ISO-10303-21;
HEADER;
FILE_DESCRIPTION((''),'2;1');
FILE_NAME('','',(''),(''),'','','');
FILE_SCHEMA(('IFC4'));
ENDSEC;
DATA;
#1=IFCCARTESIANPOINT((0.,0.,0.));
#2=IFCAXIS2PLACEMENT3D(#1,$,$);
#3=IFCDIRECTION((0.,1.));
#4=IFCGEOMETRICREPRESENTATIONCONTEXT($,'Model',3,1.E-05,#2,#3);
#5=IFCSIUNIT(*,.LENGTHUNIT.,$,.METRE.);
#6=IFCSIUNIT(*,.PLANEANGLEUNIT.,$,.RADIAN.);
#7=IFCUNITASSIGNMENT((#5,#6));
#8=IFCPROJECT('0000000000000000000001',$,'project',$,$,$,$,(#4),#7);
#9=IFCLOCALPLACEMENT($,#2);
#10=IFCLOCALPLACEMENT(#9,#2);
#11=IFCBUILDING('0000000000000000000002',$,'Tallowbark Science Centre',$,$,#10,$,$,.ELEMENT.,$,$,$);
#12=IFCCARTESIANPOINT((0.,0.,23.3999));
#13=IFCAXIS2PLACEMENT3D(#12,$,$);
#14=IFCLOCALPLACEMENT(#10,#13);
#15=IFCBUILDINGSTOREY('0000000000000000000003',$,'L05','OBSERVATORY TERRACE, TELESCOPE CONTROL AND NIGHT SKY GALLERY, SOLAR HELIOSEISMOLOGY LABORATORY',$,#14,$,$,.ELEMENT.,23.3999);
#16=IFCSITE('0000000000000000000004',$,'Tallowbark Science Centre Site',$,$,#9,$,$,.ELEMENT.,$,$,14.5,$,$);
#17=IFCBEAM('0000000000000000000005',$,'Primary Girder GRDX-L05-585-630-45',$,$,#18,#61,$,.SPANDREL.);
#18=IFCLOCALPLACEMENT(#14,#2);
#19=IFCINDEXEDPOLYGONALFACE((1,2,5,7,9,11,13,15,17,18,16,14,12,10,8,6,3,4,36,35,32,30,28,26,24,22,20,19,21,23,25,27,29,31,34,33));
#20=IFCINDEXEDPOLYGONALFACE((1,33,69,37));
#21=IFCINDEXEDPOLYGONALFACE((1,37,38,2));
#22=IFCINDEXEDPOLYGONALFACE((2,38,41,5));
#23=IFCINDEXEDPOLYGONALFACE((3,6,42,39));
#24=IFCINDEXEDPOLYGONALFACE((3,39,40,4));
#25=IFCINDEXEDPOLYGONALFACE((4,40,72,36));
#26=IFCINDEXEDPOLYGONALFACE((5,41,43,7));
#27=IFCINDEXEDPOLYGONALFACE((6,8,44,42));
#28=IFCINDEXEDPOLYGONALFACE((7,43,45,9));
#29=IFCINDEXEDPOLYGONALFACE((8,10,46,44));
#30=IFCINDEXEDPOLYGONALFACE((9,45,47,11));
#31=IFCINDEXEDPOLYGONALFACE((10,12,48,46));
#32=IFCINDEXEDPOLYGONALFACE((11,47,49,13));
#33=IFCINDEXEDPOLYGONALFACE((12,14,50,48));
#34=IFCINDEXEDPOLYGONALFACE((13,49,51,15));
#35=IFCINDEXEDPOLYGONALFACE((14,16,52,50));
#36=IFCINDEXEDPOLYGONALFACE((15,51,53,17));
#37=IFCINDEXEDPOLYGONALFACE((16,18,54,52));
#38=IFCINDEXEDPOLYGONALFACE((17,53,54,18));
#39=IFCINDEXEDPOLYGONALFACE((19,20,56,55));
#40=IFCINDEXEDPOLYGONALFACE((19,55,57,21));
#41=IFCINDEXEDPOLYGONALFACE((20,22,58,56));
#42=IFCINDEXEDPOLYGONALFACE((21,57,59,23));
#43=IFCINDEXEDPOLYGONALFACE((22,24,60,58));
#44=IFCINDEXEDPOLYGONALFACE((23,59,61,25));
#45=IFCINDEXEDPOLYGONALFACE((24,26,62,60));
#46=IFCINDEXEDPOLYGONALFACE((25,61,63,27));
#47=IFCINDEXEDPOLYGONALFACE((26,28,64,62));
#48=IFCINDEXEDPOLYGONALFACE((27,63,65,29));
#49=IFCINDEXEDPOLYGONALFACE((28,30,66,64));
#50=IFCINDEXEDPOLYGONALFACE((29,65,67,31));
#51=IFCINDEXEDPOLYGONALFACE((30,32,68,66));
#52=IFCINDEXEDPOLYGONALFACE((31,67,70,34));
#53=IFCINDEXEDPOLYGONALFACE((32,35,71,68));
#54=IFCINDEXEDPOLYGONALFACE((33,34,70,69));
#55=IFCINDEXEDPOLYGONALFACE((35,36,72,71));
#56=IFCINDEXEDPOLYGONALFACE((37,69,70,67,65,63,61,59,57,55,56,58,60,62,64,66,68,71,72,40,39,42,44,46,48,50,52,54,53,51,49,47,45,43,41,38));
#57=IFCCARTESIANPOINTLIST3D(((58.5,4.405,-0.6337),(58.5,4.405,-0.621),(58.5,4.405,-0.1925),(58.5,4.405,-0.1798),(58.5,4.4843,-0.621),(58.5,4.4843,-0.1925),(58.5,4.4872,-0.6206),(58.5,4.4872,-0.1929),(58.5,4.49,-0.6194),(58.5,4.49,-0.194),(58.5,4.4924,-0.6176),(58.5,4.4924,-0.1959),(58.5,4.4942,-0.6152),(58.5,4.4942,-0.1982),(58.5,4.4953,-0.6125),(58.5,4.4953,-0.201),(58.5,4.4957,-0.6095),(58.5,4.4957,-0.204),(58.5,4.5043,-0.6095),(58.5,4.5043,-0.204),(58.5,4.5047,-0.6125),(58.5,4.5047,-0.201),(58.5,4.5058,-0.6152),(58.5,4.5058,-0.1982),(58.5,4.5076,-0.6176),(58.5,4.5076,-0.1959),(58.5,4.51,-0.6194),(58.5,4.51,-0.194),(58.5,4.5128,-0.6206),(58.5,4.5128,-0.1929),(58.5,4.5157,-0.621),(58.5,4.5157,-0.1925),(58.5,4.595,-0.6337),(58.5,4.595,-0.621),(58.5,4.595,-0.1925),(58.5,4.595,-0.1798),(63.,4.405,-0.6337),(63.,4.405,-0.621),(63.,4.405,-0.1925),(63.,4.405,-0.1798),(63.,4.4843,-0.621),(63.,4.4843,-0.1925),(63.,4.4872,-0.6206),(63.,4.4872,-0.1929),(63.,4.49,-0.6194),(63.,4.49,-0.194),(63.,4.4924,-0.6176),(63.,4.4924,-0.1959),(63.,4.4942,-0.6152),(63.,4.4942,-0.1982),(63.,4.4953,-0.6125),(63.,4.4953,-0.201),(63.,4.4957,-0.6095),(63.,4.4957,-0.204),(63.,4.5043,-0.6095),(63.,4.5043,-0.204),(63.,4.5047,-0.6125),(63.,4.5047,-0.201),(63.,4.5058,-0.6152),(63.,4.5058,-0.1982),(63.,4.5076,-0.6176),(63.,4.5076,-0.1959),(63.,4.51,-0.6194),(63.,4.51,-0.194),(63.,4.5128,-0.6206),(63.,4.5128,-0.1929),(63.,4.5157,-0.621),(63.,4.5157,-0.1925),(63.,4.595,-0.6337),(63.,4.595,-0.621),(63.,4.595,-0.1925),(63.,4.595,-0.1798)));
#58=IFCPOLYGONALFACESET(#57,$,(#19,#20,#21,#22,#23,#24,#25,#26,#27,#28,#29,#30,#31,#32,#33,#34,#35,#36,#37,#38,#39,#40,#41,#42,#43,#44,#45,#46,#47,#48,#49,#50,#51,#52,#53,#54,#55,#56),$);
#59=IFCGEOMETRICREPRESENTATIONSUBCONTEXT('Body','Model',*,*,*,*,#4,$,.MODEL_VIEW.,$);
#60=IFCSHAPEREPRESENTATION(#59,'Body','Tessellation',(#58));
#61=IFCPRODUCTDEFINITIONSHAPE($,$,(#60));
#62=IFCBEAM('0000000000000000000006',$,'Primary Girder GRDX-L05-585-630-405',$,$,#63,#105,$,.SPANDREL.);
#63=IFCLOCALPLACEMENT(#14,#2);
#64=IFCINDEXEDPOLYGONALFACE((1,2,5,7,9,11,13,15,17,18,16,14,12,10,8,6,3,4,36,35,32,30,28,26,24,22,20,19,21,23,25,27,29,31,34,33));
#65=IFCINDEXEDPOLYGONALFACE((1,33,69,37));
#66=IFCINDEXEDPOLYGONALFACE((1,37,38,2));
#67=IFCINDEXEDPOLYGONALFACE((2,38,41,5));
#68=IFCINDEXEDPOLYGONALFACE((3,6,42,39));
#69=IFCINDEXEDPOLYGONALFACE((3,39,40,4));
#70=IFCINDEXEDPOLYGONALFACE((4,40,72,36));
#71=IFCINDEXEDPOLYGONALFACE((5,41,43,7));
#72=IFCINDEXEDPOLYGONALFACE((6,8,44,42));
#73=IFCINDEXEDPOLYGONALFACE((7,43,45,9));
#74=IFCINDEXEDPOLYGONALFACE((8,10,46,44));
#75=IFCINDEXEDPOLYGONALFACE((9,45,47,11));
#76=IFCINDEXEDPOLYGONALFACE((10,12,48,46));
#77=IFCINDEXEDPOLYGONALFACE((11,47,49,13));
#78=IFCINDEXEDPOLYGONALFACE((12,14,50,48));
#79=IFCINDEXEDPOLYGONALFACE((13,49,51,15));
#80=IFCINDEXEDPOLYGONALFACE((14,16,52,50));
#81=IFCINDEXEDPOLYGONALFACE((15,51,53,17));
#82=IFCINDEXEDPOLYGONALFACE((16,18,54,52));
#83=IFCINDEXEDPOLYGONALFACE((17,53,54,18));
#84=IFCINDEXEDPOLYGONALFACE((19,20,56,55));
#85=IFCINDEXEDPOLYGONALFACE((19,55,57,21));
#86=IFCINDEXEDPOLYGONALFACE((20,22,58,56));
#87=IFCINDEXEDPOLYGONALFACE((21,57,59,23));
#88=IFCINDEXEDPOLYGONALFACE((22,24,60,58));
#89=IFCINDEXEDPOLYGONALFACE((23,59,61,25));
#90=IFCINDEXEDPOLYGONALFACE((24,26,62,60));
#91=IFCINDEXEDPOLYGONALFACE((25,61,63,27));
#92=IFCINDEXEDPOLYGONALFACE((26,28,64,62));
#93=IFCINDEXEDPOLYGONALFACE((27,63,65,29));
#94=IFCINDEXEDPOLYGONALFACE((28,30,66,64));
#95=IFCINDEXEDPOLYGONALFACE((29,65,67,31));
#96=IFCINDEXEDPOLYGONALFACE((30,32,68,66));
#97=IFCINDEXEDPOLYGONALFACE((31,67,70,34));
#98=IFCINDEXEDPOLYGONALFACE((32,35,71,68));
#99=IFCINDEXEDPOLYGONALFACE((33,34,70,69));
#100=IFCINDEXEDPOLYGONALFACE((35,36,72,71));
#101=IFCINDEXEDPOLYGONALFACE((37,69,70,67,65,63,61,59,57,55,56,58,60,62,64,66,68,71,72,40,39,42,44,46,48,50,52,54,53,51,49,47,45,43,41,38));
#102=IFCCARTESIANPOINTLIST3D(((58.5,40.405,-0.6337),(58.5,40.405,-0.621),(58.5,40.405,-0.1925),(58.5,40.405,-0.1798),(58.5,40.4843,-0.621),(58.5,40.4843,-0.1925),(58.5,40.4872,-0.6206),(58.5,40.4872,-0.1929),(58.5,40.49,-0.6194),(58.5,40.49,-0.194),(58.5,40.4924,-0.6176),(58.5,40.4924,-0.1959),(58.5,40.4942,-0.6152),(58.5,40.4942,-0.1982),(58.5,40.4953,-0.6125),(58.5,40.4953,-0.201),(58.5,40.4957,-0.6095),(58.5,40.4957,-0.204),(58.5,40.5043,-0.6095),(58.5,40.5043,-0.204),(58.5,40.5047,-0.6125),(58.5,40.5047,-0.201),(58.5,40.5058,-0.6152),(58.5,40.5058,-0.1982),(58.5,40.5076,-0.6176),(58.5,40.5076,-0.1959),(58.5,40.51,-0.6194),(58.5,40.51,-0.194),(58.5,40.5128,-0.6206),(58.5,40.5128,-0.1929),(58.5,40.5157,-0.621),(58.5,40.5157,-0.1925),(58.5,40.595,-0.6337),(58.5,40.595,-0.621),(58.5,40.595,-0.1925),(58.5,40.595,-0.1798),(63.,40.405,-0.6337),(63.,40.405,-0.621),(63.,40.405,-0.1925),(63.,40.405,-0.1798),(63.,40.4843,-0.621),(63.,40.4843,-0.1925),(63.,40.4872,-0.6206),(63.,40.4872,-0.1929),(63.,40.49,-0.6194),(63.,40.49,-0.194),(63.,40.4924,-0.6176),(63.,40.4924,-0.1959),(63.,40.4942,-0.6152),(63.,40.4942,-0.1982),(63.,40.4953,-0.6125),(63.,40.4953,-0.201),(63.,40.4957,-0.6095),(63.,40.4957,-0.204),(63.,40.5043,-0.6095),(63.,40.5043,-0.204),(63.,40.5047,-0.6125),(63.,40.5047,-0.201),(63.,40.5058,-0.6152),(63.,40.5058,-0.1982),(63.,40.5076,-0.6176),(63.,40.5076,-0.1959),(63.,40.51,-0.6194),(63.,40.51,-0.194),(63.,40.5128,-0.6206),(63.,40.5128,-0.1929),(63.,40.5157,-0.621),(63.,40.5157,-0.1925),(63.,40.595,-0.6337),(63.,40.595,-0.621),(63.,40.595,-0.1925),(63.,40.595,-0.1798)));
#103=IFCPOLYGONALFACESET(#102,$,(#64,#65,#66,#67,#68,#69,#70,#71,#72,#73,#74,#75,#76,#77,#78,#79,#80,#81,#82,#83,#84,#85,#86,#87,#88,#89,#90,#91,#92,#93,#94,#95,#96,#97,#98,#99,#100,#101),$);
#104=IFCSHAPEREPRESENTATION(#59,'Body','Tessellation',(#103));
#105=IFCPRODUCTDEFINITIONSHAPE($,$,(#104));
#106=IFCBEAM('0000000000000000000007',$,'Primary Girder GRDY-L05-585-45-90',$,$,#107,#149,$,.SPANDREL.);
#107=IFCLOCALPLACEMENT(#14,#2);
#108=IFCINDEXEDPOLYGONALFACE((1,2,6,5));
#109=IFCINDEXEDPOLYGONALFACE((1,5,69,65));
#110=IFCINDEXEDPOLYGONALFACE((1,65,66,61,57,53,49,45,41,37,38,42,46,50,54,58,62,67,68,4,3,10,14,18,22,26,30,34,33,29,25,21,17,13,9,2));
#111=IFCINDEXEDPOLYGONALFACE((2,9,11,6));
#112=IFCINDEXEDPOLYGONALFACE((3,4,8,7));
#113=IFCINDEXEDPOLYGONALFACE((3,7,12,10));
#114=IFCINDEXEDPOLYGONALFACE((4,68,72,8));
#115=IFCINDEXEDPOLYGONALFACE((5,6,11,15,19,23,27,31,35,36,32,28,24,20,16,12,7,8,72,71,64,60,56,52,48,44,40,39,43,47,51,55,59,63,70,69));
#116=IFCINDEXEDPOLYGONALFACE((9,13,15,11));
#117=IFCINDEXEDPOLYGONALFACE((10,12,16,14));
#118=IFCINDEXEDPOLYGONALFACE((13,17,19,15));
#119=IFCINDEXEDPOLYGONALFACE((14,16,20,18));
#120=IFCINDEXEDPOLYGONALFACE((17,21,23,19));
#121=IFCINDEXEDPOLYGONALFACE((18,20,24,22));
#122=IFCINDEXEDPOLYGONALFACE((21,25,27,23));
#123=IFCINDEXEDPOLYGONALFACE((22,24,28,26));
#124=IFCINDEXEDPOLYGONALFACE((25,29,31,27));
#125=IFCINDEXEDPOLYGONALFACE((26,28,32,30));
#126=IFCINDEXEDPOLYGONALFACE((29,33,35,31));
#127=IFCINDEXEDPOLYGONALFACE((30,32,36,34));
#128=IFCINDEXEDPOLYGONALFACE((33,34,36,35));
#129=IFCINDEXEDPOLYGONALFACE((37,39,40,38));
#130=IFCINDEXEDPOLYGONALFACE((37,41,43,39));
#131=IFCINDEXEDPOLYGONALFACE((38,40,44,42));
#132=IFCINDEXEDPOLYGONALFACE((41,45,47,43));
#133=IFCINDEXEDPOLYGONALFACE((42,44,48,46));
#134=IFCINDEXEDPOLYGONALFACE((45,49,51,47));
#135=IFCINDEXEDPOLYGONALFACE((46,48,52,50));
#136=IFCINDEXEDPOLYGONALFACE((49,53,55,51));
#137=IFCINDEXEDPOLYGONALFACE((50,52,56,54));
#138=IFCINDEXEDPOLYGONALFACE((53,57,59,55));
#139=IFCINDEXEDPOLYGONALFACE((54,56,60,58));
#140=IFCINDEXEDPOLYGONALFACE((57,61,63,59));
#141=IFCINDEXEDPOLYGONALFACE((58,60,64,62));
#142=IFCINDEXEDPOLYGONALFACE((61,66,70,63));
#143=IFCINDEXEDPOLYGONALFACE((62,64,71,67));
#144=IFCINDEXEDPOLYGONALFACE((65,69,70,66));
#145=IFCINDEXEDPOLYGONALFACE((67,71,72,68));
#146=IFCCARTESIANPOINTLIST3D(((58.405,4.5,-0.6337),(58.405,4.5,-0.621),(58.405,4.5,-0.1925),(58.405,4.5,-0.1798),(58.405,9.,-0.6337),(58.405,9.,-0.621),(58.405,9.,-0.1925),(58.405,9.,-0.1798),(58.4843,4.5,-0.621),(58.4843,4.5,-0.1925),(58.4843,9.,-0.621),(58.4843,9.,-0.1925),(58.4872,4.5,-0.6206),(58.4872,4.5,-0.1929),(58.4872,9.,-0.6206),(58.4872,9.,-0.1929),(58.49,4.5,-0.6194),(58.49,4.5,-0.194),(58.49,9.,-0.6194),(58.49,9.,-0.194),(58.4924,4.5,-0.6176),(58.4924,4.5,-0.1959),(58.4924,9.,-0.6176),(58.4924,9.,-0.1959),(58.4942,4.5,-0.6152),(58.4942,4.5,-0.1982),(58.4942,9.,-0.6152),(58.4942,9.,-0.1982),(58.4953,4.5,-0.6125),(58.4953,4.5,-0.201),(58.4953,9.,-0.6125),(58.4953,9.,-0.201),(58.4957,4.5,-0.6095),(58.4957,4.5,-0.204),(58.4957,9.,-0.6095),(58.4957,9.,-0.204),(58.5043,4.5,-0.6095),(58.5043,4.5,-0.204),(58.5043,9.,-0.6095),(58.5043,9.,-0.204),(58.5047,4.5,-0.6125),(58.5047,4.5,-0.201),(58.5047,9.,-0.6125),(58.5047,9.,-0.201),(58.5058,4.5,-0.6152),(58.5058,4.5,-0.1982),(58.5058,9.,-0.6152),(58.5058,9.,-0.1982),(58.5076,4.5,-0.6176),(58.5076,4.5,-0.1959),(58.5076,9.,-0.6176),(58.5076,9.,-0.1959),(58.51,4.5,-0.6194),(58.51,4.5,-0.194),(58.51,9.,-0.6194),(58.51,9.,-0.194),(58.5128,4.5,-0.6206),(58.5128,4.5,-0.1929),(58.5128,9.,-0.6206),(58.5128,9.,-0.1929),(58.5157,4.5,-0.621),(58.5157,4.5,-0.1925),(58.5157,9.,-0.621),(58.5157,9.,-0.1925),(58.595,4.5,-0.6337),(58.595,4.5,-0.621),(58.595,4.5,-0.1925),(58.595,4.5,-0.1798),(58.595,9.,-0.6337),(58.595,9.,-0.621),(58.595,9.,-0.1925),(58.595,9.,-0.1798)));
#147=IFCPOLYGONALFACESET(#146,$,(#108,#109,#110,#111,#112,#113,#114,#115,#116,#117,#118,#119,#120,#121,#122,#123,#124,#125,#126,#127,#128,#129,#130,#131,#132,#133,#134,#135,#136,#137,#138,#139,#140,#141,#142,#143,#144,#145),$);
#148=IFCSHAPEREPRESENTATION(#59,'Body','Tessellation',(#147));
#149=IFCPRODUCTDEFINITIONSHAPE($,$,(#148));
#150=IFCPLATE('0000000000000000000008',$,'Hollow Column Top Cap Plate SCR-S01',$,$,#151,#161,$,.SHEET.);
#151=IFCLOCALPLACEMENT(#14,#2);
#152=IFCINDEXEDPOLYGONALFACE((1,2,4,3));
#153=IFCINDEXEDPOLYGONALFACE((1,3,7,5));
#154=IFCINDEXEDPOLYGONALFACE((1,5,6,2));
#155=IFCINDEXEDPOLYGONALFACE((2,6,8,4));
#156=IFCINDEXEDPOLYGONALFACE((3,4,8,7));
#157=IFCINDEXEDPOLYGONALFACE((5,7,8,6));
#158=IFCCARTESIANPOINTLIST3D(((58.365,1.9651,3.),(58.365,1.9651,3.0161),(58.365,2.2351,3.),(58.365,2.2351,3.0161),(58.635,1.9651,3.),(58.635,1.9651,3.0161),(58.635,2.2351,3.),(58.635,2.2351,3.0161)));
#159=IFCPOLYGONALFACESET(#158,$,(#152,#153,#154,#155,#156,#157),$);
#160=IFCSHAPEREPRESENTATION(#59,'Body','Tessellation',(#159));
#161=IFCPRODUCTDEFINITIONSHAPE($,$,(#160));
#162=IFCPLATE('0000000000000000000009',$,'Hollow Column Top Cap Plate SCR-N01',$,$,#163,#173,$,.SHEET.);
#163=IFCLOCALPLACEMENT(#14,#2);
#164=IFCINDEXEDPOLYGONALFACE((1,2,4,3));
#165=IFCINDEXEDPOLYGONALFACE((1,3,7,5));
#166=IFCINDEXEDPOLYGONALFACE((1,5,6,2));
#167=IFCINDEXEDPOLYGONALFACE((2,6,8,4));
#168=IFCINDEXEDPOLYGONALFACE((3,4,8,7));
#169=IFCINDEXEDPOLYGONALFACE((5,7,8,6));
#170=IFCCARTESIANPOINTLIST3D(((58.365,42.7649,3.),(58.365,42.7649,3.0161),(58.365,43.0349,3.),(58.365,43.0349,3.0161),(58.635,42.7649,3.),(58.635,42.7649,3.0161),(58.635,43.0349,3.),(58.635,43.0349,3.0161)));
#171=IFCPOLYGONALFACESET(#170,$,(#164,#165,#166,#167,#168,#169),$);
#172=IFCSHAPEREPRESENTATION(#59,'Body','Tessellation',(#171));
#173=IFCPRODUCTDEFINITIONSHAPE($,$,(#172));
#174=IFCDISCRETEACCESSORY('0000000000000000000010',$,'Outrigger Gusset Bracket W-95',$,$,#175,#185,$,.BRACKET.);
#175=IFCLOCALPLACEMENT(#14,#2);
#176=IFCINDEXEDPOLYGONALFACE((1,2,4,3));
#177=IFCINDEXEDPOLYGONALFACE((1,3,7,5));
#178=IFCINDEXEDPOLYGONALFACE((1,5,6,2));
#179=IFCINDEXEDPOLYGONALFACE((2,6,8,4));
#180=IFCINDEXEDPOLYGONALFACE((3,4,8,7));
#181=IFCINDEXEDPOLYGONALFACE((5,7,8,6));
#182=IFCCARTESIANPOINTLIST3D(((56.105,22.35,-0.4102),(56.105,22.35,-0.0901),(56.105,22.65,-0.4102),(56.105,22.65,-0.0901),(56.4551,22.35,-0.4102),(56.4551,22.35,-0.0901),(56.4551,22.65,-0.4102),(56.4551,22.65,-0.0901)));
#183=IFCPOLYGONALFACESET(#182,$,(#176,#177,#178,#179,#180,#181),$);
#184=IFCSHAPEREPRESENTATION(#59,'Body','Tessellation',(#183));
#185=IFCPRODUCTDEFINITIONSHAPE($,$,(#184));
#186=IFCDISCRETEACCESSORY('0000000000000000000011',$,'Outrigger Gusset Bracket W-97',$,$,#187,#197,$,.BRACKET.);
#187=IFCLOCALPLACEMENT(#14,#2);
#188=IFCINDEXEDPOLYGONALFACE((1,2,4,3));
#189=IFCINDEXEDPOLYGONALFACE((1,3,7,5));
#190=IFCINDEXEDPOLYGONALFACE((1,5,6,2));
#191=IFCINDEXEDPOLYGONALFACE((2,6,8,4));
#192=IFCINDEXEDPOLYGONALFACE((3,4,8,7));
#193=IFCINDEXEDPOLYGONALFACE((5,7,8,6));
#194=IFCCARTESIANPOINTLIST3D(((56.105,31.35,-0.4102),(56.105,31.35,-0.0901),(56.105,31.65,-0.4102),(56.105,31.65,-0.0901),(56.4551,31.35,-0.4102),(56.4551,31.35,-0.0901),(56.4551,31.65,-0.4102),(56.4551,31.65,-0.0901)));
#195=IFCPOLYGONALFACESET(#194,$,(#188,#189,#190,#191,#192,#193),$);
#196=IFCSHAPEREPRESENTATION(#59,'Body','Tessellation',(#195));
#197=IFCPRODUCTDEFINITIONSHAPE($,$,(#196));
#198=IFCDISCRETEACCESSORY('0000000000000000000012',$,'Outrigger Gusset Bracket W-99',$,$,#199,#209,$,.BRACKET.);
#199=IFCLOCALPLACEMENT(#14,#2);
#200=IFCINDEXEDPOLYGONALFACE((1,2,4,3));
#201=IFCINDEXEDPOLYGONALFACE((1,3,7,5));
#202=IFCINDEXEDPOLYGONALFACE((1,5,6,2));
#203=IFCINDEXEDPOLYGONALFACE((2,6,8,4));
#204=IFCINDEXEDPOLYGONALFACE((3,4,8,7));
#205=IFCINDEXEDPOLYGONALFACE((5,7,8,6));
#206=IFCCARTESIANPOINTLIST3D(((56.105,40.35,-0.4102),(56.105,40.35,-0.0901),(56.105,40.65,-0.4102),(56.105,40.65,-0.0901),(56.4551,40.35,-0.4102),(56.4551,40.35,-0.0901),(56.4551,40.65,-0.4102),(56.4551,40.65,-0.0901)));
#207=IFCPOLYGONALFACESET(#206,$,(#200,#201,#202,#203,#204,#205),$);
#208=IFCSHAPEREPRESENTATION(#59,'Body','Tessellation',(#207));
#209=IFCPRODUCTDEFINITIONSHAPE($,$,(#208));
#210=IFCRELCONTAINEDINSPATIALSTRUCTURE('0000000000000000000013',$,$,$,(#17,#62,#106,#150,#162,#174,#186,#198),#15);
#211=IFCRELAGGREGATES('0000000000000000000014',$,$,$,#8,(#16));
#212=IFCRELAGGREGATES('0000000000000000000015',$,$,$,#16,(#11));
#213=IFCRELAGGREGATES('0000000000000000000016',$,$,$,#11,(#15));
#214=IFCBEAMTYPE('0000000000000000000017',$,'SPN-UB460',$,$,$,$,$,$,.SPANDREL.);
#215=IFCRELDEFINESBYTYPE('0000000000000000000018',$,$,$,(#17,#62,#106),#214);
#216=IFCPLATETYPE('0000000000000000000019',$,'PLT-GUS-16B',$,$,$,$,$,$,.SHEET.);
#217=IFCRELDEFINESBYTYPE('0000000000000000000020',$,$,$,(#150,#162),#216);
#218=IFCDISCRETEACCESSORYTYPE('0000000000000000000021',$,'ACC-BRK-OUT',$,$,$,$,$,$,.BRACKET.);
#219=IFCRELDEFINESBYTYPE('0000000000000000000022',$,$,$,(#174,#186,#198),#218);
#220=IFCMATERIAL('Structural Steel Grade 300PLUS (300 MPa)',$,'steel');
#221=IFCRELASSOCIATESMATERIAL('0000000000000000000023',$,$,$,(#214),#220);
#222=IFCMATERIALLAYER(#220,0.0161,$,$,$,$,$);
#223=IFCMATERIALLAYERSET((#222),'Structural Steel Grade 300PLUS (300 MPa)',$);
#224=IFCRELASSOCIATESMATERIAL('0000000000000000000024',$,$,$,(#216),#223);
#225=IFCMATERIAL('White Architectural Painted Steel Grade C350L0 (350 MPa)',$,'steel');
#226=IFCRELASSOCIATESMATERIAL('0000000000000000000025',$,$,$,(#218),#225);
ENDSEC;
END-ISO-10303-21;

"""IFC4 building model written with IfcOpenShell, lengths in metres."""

from ifc_helpers import new_model, si_unit, direction, frame, origin, origin_2d, place, context, subcontext, project, spatial, rectangle, i_section, extrude, material, layer, layer_set, material_profile, profile_set, type_object, element, save


model = new_model("IFC4")

# Units and contexts
model_context = context("Model", 3, precision=1e-05, world=origin(), true_north=direction((0.0, 1.0)))
body_context = subcontext(model_context, "Body", "Model", "MODEL_VIEW")
ifc_project = project(units=[si_unit("LENGTHUNIT", "METRE"), si_unit("PLANEANGLEUNIT", "RADIAN")], contexts=[model_context])

# Site, building, storey
site_placement = place(None, origin())
site = spatial("IfcSite", under=ifc_project, at=site_placement, Name="Tallowbark Science Centre Site", CompositionType="ELEMENT", RefElevation=14.5)
building_placement = place(site_placement, origin())
building = spatial("IfcBuilding", under=site, at=building_placement, Name="Tallowbark Science Centre", CompositionType="ELEMENT")
storey_placement = place(building_placement, frame((0.0, 0.0, 23.3999)))
storey = spatial("IfcBuildingStorey", under=building, at=storey_placement, Name="L05", Description="OBSERVATORY TERRACE, TELESCOPE CONTROL AND NIGHT SKY GALLERY, SOLAR HELIOSEISMOLOGY LABORATORY", CompositionType="ELEMENT", Elevation=23.3999)

# Shared definitions
ifc_material_1 = material(Name="White Architectural Painted Steel Grade C350L0 (350 MPa)", Category="steel")
ifc_material_2 = material(Name="Structural Steel Grade 300PLUS (300 MPa)", Category="steel")

# Beams
ifc_material_profile_1 = material_profile(ifc_material_2, i_section(OverallWidth=0.1899, OverallDepth=0.4539, WebThickness=0.0085, FlangeThickness=0.0127, FilletRadius=0.0115, at=origin_2d()), Name="460UB67.1")
ifc_profile_set_1 = profile_set([ifc_material_profile_1], Name="Structural Steel Grade 300PLUS (300 MPa)")
beam_type_1 = type_object("IfcBeamType", Name="SPN-UB460", PredefinedType="SPANDREL", material=ifc_profile_set_1)
for number, where, z_axis, x_axis, name in (
    (1, (58.5, 4.5, -0.4067), (1.0, 0.0, 0.0), (0.0, 1.0, 0.0), "Primary Girder GRDX-L05-585-630-45"),
    (2, (58.5, 40.5, -0.4067), (1.0, 0.0, 0.0), (0.0, 1.0, 0.0), "Primary Girder GRDX-L05-585-630-405"),
    (3, (58.5, 4.5, -0.4067), (0.0, 1.0, 0.0), (-1.0, 0.0, 0.0), "Primary Girder GRDY-L05-585-45-90"),
):
    element("IfcBeam", number, at=place(storey_placement, frame(where, z_axis=z_axis, x_axis=x_axis)), inside=storey, type_object=beam_type_1, Name=name, PredefinedType="SPANDREL", context=body_context, shape_type="SweptSolid", body=[
        extrude(i_section(OverallWidth=0.1899, OverallDepth=0.4539, WebThickness=0.0085, FlangeThickness=0.0127, FilletRadius=0.0115, at=origin_2d()), origin(), (0.0, 0.0, 1.0), 4.5),
    ])

# Plates
ifc_layer = layer(ifc_material_2, 0.0161)
ifc_layer_set = layer_set([ifc_layer], Name="Structural Steel Grade 300PLUS (300 MPa)")
plate_type = type_object("IfcPlateType", Name="PLT-GUS-16B", PredefinedType="SHEET", material=ifc_layer_set)
for number, where, z_axis, x_axis, name in (
    (4, (58.5, 2.1001, 3.0), (0.0, 0.0, 1.0), (1.0, 0.0, 0.0), "Hollow Column Top Cap Plate SCR-S01"),
    (5, (58.5, 42.8999, 3.0), (0.0, 0.0, 1.0), (1.0, 0.0, 0.0), "Hollow Column Top Cap Plate SCR-N01"),
):
    element("IfcPlate", number, at=place(storey_placement, frame(where, z_axis=z_axis, x_axis=x_axis)), inside=storey, type_object=plate_type, Name=name, PredefinedType="SHEET", context=body_context, shape_type="SweptSolid", body=[
        extrude(rectangle(XDim=0.27, YDim=0.27, at=origin_2d()), origin(), (0.0, 0.0, 1.0), 0.0161),
    ])

# Discrete accessories
discrete_accessory_type = type_object("IfcDiscreteAccessoryType", Name="ACC-BRK-OUT", PredefinedType="BRACKET", material=ifc_material_1)
for number, where, z_axis, x_axis, name in (
    (6, (56.28, 22.5, -0.4102), (0.0, 0.0, 1.0), (1.0, 0.0, 0.0), "Outrigger Gusset Bracket W-95"),
    (7, (56.28, 31.5, -0.4102), (0.0, 0.0, 1.0), (1.0, 0.0, 0.0), "Outrigger Gusset Bracket W-97"),
    (8, (56.28, 40.5, -0.4102), (0.0, 0.0, 1.0), (1.0, 0.0, 0.0), "Outrigger Gusset Bracket W-99"),
):
    element("IfcDiscreteAccessory", number, at=place(storey_placement, frame(where, z_axis=z_axis, x_axis=x_axis)), inside=storey, type_object=discrete_accessory_type, Name=name, PredefinedType="BRACKET", context=body_context, shape_type="SweptSolid", body=[
        extrude(rectangle(XDim=0.3501, YDim=0.3, at=origin_2d()), origin(), (0.0, 0.0, 1.0), 0.3201),
    ])

save(model, "model.ifc")
